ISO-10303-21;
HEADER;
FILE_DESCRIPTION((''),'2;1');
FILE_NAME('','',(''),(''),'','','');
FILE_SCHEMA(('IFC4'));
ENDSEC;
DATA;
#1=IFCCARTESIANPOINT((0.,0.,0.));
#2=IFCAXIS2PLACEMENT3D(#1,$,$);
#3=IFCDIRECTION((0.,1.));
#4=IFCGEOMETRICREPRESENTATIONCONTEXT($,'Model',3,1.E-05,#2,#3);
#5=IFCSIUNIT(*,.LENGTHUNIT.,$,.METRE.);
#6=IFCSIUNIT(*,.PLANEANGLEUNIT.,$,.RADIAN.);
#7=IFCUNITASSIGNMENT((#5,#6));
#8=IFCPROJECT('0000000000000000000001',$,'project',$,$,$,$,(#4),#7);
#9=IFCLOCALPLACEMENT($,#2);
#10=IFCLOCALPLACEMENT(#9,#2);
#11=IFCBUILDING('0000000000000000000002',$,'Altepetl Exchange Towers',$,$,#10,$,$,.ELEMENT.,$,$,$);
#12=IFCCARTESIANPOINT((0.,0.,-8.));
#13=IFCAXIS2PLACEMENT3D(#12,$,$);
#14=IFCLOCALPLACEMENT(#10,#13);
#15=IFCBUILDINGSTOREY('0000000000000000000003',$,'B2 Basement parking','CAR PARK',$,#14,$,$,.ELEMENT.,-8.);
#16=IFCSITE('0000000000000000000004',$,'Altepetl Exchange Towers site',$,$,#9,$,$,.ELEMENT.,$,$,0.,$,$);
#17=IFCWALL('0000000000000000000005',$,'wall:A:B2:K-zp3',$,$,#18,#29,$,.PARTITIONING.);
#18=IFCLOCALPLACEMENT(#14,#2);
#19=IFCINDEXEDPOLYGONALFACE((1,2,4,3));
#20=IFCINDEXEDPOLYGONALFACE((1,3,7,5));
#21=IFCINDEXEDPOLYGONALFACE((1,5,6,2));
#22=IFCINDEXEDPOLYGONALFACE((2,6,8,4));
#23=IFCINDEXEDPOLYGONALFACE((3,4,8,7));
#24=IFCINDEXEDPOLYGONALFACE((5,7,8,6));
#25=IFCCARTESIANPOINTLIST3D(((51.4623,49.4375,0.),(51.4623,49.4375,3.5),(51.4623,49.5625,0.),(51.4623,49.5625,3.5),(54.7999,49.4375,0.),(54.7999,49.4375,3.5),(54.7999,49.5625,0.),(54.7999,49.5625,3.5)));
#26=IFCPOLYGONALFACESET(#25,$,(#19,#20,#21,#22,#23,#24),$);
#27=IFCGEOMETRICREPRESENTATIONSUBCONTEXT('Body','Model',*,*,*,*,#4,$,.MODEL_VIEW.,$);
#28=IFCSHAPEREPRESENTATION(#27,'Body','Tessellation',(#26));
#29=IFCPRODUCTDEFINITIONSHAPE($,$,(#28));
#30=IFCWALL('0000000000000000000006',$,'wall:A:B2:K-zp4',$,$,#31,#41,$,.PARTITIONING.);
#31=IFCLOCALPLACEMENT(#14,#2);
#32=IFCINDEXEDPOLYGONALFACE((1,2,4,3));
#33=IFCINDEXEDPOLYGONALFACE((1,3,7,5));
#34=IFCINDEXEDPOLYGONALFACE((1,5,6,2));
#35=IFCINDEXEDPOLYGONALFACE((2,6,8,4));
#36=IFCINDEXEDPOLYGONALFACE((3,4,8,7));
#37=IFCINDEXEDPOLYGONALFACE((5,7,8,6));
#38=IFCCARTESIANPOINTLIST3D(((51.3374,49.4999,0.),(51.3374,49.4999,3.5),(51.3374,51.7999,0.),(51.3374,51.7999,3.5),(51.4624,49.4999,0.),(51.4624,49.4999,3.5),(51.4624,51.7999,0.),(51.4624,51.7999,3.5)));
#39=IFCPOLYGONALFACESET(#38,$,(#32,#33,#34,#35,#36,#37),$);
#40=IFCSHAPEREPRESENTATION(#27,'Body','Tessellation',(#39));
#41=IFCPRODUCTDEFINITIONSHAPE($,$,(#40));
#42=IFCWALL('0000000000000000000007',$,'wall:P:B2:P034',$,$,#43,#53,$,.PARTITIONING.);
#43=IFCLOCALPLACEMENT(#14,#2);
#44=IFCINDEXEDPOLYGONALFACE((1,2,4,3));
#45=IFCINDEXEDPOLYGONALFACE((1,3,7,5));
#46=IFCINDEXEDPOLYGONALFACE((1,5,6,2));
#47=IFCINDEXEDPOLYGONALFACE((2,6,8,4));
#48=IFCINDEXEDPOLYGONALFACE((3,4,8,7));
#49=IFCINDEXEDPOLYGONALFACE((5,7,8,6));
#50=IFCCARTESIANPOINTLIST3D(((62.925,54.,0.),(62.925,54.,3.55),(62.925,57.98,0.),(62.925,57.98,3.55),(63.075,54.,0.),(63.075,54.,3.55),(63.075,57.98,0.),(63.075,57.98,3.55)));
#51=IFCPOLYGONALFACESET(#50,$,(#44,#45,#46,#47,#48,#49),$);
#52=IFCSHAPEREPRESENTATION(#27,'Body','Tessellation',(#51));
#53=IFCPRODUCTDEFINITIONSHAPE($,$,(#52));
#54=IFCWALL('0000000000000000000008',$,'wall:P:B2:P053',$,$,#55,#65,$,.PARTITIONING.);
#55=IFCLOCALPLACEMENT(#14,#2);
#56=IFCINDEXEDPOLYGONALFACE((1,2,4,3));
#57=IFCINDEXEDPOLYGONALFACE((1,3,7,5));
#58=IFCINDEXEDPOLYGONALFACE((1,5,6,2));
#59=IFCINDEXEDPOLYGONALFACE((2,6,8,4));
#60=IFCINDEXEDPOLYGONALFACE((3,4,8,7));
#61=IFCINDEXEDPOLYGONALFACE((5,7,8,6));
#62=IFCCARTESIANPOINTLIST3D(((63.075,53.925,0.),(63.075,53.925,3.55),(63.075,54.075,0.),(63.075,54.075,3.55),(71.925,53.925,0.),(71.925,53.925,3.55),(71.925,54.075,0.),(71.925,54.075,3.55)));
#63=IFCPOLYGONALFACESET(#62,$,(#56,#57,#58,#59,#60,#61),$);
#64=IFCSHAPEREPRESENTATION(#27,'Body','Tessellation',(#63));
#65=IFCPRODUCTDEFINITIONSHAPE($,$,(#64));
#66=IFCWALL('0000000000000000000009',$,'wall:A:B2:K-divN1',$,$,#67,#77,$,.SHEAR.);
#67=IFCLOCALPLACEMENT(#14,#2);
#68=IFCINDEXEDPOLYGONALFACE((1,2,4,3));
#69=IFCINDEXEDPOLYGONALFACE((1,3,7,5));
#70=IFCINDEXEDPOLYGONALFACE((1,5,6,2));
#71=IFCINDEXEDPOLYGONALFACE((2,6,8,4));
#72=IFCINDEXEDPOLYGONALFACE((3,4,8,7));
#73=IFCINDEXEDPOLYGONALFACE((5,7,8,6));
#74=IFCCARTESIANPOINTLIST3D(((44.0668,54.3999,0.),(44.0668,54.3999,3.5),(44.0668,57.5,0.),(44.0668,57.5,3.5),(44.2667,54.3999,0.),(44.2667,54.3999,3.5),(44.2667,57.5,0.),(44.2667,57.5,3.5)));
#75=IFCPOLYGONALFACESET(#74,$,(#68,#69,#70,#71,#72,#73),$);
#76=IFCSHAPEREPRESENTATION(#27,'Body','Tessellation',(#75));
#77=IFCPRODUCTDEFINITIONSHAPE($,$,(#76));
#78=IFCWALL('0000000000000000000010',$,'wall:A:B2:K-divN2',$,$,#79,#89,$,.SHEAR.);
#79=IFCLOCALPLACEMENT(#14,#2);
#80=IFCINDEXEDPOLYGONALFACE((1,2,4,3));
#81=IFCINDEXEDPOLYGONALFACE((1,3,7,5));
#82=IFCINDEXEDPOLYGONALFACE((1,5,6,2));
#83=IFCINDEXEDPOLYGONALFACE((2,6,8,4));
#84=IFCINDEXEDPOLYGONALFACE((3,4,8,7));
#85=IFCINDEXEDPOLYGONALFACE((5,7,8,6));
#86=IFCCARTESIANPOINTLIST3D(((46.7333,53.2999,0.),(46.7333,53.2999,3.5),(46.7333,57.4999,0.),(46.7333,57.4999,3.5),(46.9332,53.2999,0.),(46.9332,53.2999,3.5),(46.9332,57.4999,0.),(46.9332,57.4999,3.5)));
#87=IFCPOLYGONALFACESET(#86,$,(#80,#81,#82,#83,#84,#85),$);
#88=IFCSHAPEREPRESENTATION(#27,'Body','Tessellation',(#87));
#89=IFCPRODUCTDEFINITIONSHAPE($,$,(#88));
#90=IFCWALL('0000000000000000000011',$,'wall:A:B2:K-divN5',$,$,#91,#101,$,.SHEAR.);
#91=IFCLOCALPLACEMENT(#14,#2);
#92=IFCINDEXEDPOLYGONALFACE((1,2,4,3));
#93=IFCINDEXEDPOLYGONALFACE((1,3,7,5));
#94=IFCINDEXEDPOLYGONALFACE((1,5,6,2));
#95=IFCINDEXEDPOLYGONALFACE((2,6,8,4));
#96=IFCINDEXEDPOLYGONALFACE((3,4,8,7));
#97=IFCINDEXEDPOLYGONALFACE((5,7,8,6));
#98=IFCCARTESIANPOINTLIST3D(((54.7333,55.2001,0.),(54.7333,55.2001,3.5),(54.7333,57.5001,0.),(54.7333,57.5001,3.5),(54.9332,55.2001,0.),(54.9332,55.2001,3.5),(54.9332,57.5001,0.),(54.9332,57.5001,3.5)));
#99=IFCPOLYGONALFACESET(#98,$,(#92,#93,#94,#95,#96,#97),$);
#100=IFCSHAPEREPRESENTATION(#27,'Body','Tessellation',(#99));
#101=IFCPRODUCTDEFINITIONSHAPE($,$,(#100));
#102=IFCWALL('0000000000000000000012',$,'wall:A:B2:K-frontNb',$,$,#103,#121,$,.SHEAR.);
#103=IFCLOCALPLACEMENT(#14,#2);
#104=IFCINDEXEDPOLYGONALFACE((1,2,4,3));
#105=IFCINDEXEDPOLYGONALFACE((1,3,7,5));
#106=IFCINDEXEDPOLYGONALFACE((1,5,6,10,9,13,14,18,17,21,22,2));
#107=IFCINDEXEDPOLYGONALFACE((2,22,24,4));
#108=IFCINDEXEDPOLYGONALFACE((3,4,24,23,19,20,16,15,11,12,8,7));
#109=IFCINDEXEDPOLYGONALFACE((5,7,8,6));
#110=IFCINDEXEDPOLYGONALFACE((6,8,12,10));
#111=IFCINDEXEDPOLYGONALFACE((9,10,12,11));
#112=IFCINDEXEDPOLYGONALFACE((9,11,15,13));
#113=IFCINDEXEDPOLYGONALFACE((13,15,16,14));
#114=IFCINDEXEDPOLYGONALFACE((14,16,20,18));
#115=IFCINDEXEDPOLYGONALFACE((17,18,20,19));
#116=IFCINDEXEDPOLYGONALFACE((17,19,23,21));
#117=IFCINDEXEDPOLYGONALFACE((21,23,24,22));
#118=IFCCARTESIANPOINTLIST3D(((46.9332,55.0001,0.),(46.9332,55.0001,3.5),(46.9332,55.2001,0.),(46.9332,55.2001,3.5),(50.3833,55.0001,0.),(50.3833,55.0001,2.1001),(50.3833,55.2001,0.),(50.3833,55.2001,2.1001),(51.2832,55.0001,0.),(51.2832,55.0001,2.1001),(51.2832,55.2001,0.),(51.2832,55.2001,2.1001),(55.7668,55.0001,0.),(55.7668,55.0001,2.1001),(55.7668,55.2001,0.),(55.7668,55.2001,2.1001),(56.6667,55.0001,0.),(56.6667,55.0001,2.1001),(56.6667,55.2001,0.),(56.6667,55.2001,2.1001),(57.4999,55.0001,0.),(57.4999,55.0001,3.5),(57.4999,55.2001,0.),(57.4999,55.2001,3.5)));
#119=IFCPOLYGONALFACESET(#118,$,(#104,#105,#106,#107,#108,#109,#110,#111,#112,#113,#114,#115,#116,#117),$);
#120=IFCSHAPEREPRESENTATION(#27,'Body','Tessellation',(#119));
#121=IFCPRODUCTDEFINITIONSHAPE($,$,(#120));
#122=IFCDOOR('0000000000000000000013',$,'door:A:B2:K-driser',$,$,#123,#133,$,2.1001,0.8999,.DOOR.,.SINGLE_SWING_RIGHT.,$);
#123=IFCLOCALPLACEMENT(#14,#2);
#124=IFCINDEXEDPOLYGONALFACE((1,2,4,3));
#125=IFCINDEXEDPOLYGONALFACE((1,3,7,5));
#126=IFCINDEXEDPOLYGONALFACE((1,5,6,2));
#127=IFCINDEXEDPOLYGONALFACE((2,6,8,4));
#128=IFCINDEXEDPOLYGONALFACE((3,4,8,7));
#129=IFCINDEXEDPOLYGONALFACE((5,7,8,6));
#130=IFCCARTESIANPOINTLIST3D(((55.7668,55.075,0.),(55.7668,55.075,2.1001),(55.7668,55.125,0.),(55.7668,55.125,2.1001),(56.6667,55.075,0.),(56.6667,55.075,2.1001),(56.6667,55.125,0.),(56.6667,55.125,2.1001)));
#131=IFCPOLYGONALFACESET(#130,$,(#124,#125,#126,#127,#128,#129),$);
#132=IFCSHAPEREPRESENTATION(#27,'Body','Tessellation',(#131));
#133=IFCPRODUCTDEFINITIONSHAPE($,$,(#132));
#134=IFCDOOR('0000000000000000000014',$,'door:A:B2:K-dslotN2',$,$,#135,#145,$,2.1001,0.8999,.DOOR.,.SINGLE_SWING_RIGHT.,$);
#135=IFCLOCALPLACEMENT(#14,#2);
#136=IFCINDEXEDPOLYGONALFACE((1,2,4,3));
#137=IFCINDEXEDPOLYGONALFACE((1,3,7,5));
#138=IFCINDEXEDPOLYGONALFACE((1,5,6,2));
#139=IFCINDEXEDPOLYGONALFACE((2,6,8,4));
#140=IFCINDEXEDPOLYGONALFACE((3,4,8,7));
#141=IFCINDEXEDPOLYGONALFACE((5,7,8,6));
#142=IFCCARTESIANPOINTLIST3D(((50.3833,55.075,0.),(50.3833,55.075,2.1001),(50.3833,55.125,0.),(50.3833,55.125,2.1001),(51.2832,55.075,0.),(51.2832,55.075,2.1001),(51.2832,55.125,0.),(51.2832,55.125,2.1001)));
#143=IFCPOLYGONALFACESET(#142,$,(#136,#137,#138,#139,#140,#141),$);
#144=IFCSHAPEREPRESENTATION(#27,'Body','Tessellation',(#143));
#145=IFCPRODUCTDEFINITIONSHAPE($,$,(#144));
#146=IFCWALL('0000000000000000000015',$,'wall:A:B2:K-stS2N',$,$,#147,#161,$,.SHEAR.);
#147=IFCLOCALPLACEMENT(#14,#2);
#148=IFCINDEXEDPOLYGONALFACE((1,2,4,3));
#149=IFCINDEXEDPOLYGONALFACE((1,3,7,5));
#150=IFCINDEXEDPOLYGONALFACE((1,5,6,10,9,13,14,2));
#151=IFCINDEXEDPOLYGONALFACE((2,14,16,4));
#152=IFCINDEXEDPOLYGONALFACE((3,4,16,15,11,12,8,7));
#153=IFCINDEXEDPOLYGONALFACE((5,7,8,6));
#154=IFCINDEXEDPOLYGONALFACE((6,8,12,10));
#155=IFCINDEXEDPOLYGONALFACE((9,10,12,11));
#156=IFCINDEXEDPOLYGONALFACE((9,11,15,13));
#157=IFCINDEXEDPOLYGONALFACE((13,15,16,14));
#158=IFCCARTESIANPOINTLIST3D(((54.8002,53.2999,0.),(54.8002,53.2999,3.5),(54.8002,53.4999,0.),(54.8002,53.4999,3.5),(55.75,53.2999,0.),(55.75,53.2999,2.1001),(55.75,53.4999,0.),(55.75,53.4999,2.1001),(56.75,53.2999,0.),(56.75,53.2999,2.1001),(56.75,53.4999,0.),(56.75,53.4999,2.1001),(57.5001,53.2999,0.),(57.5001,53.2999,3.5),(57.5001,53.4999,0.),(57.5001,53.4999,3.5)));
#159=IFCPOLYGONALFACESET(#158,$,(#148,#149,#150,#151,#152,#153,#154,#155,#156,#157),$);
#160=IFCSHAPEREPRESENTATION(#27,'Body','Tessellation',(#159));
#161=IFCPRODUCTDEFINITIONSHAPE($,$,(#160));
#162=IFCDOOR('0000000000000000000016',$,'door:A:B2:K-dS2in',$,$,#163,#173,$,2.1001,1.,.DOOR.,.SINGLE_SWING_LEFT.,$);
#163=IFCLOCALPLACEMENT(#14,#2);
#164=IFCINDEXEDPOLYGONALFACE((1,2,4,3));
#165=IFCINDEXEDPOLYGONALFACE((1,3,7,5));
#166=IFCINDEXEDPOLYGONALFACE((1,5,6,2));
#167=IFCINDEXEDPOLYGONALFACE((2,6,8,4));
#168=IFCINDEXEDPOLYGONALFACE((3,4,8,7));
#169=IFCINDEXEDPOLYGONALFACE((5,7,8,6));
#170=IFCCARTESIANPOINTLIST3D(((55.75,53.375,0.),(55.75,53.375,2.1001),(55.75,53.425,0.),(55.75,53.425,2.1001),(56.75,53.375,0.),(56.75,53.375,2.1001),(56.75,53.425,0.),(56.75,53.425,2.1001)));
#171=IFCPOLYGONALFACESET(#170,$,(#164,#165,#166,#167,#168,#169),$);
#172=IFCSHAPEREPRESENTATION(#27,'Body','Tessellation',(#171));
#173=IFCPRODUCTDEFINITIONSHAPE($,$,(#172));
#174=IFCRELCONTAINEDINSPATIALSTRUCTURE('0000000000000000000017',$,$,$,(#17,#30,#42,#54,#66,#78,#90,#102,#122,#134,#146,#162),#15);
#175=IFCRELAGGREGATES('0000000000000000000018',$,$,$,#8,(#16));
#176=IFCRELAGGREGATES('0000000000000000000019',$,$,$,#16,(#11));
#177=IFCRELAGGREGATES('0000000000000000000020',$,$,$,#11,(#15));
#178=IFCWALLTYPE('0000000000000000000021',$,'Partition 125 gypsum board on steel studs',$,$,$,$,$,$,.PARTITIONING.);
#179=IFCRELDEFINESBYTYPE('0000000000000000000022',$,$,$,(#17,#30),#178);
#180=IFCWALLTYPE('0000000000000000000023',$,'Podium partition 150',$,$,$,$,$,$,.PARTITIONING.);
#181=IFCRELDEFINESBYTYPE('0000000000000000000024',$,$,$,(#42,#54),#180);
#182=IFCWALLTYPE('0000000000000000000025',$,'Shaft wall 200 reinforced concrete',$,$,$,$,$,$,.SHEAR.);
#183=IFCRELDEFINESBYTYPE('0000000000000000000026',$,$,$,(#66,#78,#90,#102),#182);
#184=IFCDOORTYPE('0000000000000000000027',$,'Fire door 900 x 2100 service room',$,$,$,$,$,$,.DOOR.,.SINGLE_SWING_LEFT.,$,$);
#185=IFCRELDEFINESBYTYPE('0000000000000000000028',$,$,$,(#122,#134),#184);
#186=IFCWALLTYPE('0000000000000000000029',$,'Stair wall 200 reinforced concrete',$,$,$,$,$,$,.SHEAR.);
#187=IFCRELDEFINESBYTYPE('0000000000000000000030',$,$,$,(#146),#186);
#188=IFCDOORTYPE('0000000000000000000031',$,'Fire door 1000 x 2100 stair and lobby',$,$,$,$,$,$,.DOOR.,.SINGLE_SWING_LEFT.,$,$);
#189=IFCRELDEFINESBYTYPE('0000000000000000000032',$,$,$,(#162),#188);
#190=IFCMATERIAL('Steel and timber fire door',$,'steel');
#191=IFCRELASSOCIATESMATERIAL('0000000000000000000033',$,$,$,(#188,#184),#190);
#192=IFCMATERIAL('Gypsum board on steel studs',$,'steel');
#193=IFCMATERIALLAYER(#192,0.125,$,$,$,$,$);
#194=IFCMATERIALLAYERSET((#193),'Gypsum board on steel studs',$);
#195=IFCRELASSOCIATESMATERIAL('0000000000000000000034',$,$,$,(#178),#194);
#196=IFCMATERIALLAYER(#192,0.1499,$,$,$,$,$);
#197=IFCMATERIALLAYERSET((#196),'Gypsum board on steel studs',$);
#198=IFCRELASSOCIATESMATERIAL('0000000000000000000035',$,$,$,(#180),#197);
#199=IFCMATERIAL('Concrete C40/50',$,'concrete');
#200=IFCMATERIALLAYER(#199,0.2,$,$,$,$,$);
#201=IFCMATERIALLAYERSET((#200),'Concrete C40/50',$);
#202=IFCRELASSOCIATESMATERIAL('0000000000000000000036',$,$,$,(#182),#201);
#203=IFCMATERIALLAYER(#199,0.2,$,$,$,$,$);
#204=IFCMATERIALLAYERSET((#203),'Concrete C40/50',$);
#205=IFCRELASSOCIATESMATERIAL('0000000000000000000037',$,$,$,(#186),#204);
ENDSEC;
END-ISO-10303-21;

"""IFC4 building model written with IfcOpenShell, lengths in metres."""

from ifc_helpers import new_model, si_unit, direction, frame, frame_2d, origin, place, context, subcontext, project, spatial, rectangle, extrude, material, layer, layer_set, type_object, element, fill, save


model = new_model("IFC4")

# Units and contexts
model_context = context("Model", 3, precision=1e-05, world=origin(), true_north=direction((0.0, 1.0)))
body_context = subcontext(model_context, "Body", "Model", "MODEL_VIEW")
ifc_project = project(units=[si_unit("LENGTHUNIT", "METRE"), si_unit("PLANEANGLEUNIT", "RADIAN")], contexts=[model_context])

# Site, building, storey
site_placement = place(None, origin())
site = spatial("IfcSite", under=ifc_project, at=site_placement, Name="Altepetl Exchange Towers site", CompositionType="ELEMENT", RefElevation=0.0)
building_placement = place(site_placement, origin())
building = spatial("IfcBuilding", under=site, at=building_placement, Name="Altepetl Exchange Towers", CompositionType="ELEMENT")
storey_placement = place(building_placement, frame((0.0, 0.0, -8.0)))
storey = spatial("IfcBuildingStorey", under=building, at=storey_placement, Name="B2 Basement parking", Description="CAR PARK", CompositionType="ELEMENT", Elevation=-8.0)

# Shared definitions
ifc_material_1 = material(Name="Steel and timber fire door", Category="steel")
door_type_1 = type_object("IfcDoorType", Name="Fire door 1000 x 2100 stair and lobby", OperationType="SINGLE_SWING_LEFT", PredefinedType="DOOR", material=ifc_material_1)
door_type_2 = type_object("IfcDoorType", Name="Fire door 900 x 2100 service room", OperationType="SINGLE_SWING_LEFT", PredefinedType="DOOR", material=ifc_material_1)

# Walls
ifc_material_2 = material(Name="Gypsum board on steel studs", Category="steel")
ifc_layer_1 = layer(ifc_material_2, 0.125)
ifc_layer_set_1 = layer_set([ifc_layer_1], Name="Gypsum board on steel studs")
wall_type_1 = type_object("IfcWallType", Name="Partition 125 gypsum board on steel studs", PredefinedType="PARTITIONING", material=ifc_layer_set_1)
wall_1_placement = place(storey_placement, frame((54.8, 49.5, 0.0), z_axis=(0.0, 0.0, 1.0), x_axis=(-1.0, 0.0, 0.0)))
element("IfcWall", 1, at=wall_1_placement, inside=storey, type_object=wall_type_1, Name="wall:A:B2:K-zp3", PredefinedType="PARTITIONING", context=body_context, shape_type="SweptSolid", body=[
    extrude(rectangle(XDim=3.3376, YDim=0.125, at=frame_2d((1.6689, 0.0))), origin(), (0.0, 0.0, 1.0), 3.5),
])
wall_2_placement = place(storey_placement, frame((51.3999, 49.5, 0.0), z_axis=(0.0, 0.0, 1.0), x_axis=(0.0, 1.0, 0.0)))
element("IfcWall", 2, at=wall_2_placement, inside=storey, type_object=wall_type_1, Name="wall:A:B2:K-zp4", PredefinedType="PARTITIONING", context=body_context, shape_type="SweptSolid", body=[
    extrude(rectangle(XDim=2.3, YDim=0.125, at=frame_2d((1.1499, 0.0))), origin(), (0.0, 0.0, 1.0), 3.5),
])
ifc_layer_2 = layer(ifc_material_2, 0.1499)
ifc_layer_set_2 = layer_set([ifc_layer_2], Name="Gypsum board on steel studs")
wall_type_2 = type_object("IfcWallType", Name="Podium partition 150", PredefinedType="PARTITIONING", material=ifc_layer_set_2)
wall_3_placement = place(storey_placement, frame((63.0, 54.0, 0.0), z_axis=(0.0, 0.0, 1.0), x_axis=(0.0, 1.0, 0.0)))
element("IfcWall", 3, at=wall_3_placement, inside=storey, type_object=wall_type_2, Name="wall:P:B2:P034", PredefinedType="PARTITIONING", context=body_context, shape_type="SweptSolid", body=[
    extrude(rectangle(XDim=3.98, YDim=0.1499, at=frame_2d((1.99, 0.0))), origin(), (0.0, 0.0, 1.0), 3.55),
])
wall_4_placement = place(storey_placement, frame((63.075, 54.0, 0.0)))
element("IfcWall", 4, at=wall_4_placement, inside=storey, type_object=wall_type_2, Name="wall:P:B2:P053", PredefinedType="PARTITIONING", context=body_context, shape_type="SweptSolid", body=[
    extrude(rectangle(XDim=8.8501, YDim=0.1499, at=frame_2d((4.425, 0.0))), origin(), (0.0, 0.0, 1.0), 3.55),
])
ifc_material_3 = material(Name="Concrete C40/50", Category="concrete")
ifc_layer_3 = layer(ifc_material_3, 0.2)
ifc_layer_set_3 = layer_set([ifc_layer_3], Name="Concrete C40/50")
wall_type_3 = type_object("IfcWallType", Name="Shaft wall 200 reinforced concrete", PredefinedType="SHEAR", material=ifc_layer_set_3)
wall_5_placement = place(storey_placement, frame((44.1667, 57.5, 0.0), z_axis=(0.0, 0.0, 1.0), x_axis=(0.0, -1.0, 0.0)))
element("IfcWall", 5, at=wall_5_placement, inside=storey, type_object=wall_type_3, Name="wall:A:B2:K-divN1", PredefinedType="SHEAR", context=body_context, shape_type="SweptSolid", body=[
    extrude(rectangle(XDim=3.1001, YDim=0.2, at=frame_2d((1.55, 0.0))), origin(), (0.0, 0.0, 1.0), 3.5),
])
wall_6_placement = place(storey_placement, frame((46.8333, 57.5, 0.0), z_axis=(0.0, 0.0, 1.0), x_axis=(0.0, -1.0, 0.0)))
element("IfcWall", 6, at=wall_6_placement, inside=storey, type_object=wall_type_3, Name="wall:A:B2:K-divN2", PredefinedType="SHEAR", context=body_context, shape_type="SweptSolid", body=[
    extrude(rectangle(XDim=4.2, YDim=0.2, at=frame_2d((2.1001, 0.0))), origin(), (0.0, 0.0, 1.0), 3.5),
])
wall_7_placement = place(storey_placement, frame((54.8333, 57.5, 0.0), z_axis=(0.0, 0.0, 1.0), x_axis=(0.0, -1.0, 0.0)))
element("IfcWall", 7, at=wall_7_placement, inside=storey, type_object=wall_type_3, Name="wall:A:B2:K-divN5", PredefinedType="SHEAR", context=body_context, shape_type="SweptSolid", body=[
    extrude(rectangle(XDim=2.3, YDim=0.2, at=frame_2d((1.1499, 0.0))), origin(), (0.0, 0.0, 1.0), 3.5),
])

# Wall, openings, doors
wall_8_placement = place(storey_placement, frame((46.9333, 55.1001, 0.0)))
wall_8 = element("IfcWall", 8, at=wall_8_placement, inside=storey, type_object=wall_type_3, Name="wall:A:B2:K-frontNb", PredefinedType="SHEAR", context=body_context, shape_type="SweptSolid", body=[
    extrude(rectangle(XDim=10.5667, YDim=0.2, at=frame_2d((5.2832, 0.0))), origin(), (0.0, 0.0, 1.0), 3.5),
])
opening_1_placement = place(wall_8_placement, frame((8.8335, 0.0, 0.0)))
opening_1 = element("IfcOpeningElement", 9, at=opening_1_placement, cuts=wall_8, PredefinedType="OPENING", context=body_context, shape_type="SweptSolid", body=[
    extrude(rectangle(XDim=0.8999, YDim=2.1001, at=frame_2d((0.45, 1.05))), frame((0.0, 0.1099, 0.0), z_axis=(0.0, -1.0, 0.0), x_axis=(1.0, 0.0, 0.0)), (0.0, 0.0, 1.0), 0.22),
])
opening_2_placement = place(wall_8_placement, frame((3.45, 0.0, 0.0)))
opening_2 = element("IfcOpeningElement", 10, at=opening_2_placement, cuts=wall_8, PredefinedType="OPENING", context=body_context, shape_type="SweptSolid", body=[
    extrude(rectangle(XDim=0.8999, YDim=2.1001, at=frame_2d((0.45, 1.05))), frame((0.0, 0.1099, 0.0), z_axis=(0.0, -1.0, 0.0), x_axis=(1.0, 0.0, 0.0)), (0.0, 0.0, 1.0), 0.22),
])
door_1_placement = place(opening_1_placement, origin())
door_1 = element("IfcDoor", 11, at=door_1_placement, inside=storey, type_object=door_type_2, Name="door:A:B2:K-driser", OperationType="SINGLE_SWING_RIGHT", OverallHeight=2.1001, OverallWidth=0.8999, PredefinedType="DOOR", context=body_context, shape_type="SweptSolid", body=[
    extrude(rectangle(XDim=0.8999, YDim=2.1001, at=frame_2d((0.45, 1.05))), frame((0.0, 0.0249, 0.0), z_axis=(0.0, -1.0, 0.0), x_axis=(1.0, 0.0, 0.0)), (0.0, 0.0, 1.0), 0.05),
])
fill(opening_1, door_1)
door_2_placement = place(opening_2_placement, origin())
door_2 = element("IfcDoor", 12, at=door_2_placement, inside=storey, type_object=door_type_2, Name="door:A:B2:K-dslotN2", OperationType="SINGLE_SWING_RIGHT", OverallHeight=2.1001, OverallWidth=0.8999, PredefinedType="DOOR", context=body_context, shape_type="SweptSolid", body=[
    extrude(rectangle(XDim=0.8999, YDim=2.1001, at=frame_2d((0.45, 1.05))), frame((0.0, 0.0249, 0.0), z_axis=(0.0, -1.0, 0.0), x_axis=(1.0, 0.0, 0.0)), (0.0, 0.0, 1.0), 0.05),
])
fill(opening_2, door_2)

# Wall, opening, door
ifc_layer_4 = layer(ifc_material_3, 0.2)
ifc_layer_set_4 = layer_set([ifc_layer_4], Name="Concrete C40/50")
wall_type_4 = type_object("IfcWallType", Name="Stair wall 200 reinforced concrete", PredefinedType="SHEAR", material=ifc_layer_set_4)
wall_9_placement = place(storey_placement, frame((54.8, 53.3999, 0.0)))
wall_9 = element("IfcWall", 13, at=wall_9_placement, inside=storey, type_object=wall_type_4, Name="wall:A:B2:K-stS2N", PredefinedType="SHEAR", context=body_context, shape_type="SweptSolid", body=[
    extrude(rectangle(XDim=2.7, YDim=0.2, at=frame_2d((1.3501, 0.0))), origin(), (0.0, 0.0, 1.0), 3.5),
])
opening_3_placement = place(wall_9_placement, frame((0.95, 0.0, 0.0)))
opening_3 = element("IfcOpeningElement", 14, at=opening_3_placement, cuts=wall_9, PredefinedType="OPENING", context=body_context, shape_type="SweptSolid", body=[
    extrude(rectangle(XDim=1.0, YDim=2.1001, at=frame_2d((0.5, 1.05))), frame((0.0, 0.1099, 0.0), z_axis=(0.0, -1.0, 0.0), x_axis=(1.0, 0.0, 0.0)), (0.0, 0.0, 1.0), 0.22),
])
door_3_placement = place(opening_3_placement, frame((1.0, 0.0, 0.0), x_axis=(-1.0, 0.0, 0.0)))
door_3 = element("IfcDoor", 15, at=door_3_placement, inside=storey, type_object=door_type_1, Name="door:A:B2:K-dS2in", OperationType="SINGLE_SWING_LEFT", OverallHeight=2.1001, OverallWidth=1.0, PredefinedType="DOOR", context=body_context, shape_type="SweptSolid", body=[
    extrude(rectangle(XDim=1.0, YDim=2.1001, at=frame_2d((0.5, 1.05))), frame((0.0, 0.0249, 0.0), z_axis=(0.0, -1.0, 0.0), x_axis=(1.0, 0.0, 0.0)), (0.0, 0.0, 1.0), 0.05),
])
fill(opening_3, door_3)

save(model, "model.ifc")
